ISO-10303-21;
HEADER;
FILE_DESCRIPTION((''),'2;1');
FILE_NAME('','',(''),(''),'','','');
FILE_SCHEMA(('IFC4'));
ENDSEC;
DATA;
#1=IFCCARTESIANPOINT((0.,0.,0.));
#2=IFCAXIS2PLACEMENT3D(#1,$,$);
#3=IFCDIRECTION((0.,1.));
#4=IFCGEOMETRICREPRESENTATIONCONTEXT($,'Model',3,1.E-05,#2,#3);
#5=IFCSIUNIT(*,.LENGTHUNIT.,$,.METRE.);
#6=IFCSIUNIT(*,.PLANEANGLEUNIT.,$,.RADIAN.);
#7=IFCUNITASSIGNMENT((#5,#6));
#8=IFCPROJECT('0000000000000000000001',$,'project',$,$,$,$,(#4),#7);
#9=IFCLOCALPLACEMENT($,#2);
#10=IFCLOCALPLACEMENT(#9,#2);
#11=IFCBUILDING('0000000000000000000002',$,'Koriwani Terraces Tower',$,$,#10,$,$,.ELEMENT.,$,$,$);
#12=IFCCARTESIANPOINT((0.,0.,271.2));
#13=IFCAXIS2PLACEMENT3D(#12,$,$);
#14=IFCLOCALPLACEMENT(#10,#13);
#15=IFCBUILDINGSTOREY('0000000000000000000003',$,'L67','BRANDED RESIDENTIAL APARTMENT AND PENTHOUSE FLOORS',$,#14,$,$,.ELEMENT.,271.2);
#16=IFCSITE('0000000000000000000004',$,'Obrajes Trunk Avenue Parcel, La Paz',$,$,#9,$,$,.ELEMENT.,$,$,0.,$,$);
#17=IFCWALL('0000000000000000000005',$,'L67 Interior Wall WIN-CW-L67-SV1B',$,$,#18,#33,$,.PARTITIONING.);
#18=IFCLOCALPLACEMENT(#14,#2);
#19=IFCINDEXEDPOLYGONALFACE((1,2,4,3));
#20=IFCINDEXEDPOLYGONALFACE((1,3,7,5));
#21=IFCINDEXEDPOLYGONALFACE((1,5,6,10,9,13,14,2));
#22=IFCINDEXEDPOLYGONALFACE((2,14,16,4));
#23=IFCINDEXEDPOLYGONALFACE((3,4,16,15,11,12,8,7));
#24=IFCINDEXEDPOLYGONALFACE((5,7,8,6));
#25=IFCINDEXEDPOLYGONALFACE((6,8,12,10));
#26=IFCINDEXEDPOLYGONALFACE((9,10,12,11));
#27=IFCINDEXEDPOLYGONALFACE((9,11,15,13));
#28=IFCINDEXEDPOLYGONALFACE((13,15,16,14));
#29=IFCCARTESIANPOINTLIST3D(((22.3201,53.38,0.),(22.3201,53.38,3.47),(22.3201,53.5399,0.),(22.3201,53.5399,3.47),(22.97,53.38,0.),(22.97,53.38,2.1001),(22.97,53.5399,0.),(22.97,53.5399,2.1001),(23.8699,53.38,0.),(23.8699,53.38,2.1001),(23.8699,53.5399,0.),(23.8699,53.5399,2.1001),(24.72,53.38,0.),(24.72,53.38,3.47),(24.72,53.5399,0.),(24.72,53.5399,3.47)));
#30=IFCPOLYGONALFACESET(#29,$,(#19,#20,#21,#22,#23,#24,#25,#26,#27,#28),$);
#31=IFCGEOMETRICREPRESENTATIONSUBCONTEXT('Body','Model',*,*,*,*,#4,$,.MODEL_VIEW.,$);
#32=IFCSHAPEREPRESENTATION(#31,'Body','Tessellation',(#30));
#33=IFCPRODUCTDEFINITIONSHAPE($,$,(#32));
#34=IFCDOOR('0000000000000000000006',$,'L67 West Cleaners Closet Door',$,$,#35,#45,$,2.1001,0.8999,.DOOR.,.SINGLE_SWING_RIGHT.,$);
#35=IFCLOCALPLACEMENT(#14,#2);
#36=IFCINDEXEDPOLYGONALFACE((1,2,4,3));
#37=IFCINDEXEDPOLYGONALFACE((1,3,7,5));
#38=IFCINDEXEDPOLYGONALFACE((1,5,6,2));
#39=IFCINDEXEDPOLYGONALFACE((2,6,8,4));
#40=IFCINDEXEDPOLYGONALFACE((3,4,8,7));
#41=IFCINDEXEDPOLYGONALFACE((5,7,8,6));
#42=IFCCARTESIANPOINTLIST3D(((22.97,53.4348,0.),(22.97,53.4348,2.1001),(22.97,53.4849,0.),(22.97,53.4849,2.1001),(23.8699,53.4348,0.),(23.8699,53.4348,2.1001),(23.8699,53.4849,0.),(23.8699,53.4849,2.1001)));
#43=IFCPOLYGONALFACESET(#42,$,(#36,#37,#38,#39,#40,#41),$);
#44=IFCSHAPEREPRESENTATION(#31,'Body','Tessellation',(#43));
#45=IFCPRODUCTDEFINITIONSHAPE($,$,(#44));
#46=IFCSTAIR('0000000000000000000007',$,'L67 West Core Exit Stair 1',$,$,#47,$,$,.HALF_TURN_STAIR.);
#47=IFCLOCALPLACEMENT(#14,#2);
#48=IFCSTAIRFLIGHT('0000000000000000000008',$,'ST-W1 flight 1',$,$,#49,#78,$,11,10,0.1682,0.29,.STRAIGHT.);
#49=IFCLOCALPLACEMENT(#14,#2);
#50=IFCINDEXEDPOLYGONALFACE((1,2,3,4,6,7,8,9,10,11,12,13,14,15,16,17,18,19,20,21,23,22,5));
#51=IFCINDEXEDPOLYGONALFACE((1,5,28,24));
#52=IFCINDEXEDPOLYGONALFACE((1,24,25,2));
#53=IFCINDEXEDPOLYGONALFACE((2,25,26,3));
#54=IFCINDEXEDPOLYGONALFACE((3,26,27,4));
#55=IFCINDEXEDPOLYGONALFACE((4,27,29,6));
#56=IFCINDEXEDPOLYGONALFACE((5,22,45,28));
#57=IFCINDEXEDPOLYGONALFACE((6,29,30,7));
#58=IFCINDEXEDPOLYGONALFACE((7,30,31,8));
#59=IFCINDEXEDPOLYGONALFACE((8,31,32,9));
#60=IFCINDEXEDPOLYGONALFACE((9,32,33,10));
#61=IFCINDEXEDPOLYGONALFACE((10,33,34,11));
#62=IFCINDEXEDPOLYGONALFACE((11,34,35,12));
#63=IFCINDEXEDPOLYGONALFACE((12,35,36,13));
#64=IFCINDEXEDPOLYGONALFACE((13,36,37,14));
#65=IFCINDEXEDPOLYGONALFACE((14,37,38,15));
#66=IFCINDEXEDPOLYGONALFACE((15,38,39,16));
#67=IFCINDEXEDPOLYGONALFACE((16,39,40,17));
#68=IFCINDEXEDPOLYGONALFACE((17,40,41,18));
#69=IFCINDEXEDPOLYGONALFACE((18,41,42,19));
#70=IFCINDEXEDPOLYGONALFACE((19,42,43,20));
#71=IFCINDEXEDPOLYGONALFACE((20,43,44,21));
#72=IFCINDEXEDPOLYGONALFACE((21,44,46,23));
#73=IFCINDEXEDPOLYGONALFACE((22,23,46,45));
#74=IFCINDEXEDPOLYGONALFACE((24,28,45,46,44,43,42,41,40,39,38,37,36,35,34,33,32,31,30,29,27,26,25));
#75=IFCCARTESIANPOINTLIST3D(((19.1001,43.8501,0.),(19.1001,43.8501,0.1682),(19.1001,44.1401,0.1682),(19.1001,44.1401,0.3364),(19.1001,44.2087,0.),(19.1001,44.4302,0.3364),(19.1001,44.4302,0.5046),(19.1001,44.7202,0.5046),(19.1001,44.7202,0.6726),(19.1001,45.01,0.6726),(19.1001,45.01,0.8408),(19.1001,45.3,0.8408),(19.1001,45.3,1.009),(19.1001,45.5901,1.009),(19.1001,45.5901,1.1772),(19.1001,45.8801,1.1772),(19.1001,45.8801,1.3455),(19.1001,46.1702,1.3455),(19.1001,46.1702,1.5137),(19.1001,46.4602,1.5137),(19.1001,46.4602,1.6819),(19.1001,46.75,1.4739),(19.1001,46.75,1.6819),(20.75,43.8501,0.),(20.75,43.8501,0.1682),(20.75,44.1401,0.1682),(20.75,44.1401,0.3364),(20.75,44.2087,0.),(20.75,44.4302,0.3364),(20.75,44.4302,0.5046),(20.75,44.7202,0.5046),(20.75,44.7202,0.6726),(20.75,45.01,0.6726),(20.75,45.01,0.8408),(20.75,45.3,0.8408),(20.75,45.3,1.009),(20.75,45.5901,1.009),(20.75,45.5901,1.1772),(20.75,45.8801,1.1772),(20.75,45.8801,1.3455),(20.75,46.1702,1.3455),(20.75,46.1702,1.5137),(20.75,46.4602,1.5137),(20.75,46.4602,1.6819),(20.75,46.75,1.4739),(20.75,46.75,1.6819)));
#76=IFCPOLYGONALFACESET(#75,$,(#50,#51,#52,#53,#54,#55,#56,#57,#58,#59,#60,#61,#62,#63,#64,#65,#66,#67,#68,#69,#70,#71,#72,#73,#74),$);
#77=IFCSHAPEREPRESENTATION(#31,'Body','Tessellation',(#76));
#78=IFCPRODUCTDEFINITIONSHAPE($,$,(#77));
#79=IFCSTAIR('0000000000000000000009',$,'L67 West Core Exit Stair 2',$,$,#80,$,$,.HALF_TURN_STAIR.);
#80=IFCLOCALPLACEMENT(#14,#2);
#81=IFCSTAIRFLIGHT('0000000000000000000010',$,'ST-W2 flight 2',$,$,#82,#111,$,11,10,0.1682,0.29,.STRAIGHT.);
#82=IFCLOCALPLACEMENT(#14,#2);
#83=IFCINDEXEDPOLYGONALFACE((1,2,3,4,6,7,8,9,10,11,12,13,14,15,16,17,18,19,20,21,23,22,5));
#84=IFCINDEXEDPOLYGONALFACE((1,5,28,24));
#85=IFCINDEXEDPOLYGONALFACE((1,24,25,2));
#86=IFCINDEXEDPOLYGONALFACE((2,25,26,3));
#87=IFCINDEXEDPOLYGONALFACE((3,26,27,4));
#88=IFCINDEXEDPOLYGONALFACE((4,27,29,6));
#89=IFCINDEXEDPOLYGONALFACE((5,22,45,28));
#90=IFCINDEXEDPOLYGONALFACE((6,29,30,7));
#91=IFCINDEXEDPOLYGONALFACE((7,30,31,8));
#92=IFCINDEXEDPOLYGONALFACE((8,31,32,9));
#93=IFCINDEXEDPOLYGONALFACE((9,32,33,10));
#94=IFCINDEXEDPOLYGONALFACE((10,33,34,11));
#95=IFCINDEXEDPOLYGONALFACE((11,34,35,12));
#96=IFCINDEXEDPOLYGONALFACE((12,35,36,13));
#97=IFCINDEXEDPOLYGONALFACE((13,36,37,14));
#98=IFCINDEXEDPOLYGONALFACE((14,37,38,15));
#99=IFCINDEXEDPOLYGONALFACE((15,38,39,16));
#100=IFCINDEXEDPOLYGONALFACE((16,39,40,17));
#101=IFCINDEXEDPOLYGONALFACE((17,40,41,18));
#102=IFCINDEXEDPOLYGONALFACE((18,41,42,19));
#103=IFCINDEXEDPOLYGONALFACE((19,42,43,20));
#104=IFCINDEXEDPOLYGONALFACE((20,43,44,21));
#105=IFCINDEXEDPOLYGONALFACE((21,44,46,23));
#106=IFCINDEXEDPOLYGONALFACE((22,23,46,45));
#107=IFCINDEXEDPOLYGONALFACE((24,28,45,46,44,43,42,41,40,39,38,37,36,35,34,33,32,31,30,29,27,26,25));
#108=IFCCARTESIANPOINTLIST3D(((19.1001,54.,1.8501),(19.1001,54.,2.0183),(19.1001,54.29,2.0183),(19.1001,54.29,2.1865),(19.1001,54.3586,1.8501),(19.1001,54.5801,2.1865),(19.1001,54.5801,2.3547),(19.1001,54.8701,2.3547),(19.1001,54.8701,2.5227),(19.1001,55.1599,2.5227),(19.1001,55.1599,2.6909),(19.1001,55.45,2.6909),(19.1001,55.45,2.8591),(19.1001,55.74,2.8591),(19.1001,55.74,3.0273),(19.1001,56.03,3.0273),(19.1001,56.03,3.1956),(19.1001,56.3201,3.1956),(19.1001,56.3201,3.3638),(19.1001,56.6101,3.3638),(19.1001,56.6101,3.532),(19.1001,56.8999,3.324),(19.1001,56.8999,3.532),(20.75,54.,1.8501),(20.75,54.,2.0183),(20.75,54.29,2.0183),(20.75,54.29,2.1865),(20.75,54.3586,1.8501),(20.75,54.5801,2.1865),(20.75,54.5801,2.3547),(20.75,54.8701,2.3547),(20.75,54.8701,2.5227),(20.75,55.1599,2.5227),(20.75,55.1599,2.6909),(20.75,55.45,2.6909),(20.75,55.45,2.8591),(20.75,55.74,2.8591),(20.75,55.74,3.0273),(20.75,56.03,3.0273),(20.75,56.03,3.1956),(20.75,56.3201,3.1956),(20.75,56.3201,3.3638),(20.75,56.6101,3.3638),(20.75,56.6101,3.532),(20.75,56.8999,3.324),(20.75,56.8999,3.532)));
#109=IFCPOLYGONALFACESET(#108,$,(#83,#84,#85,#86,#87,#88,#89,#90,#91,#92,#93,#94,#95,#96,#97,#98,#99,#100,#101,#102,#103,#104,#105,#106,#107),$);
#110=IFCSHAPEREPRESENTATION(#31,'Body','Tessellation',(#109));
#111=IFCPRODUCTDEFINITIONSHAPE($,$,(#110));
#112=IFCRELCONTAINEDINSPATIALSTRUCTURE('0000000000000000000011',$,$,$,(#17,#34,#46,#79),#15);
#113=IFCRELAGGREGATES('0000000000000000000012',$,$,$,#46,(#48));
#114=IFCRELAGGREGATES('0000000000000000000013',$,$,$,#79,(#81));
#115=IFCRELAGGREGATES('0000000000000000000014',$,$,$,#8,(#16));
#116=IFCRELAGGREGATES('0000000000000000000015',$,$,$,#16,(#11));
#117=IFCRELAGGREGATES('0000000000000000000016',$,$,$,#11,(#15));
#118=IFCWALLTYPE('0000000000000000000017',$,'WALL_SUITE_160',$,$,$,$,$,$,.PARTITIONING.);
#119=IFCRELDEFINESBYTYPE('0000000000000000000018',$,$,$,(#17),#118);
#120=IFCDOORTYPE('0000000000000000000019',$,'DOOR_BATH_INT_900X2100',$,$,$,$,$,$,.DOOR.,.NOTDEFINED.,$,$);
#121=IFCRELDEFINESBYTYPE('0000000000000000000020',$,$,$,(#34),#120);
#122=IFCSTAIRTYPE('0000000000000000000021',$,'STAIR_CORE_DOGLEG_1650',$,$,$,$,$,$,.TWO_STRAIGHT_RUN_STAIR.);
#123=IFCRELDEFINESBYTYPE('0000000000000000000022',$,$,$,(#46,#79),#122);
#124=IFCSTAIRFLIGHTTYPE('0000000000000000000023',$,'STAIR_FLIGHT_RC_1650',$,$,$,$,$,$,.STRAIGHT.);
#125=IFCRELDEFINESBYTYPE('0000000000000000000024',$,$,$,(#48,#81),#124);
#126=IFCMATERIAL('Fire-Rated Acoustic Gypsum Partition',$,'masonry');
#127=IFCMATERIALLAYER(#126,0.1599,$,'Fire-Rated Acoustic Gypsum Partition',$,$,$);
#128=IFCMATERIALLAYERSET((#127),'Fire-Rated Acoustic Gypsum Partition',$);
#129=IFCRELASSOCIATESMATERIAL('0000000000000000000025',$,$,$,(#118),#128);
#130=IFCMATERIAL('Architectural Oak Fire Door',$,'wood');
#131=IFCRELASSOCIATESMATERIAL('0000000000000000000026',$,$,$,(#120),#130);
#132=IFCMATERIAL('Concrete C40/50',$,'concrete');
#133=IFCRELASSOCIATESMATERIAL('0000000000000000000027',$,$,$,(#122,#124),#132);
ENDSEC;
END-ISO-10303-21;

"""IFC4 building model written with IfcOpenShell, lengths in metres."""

from ifc_helpers import new_model, si_unit, direction, frame, frame_2d, origin, place, context, subcontext, project, spatial, polyline, rectangle, outline, extrude, material, layer, layer_set, type_object, element, fill, aggregate, save


model = new_model("IFC4")

# Units and contexts
model_context = context("Model", 3, precision=1e-05, world=origin(), true_north=direction((0.0, 1.0)))
body_context = subcontext(model_context, "Body", "Model", "MODEL_VIEW")
ifc_project = project(units=[si_unit("LENGTHUNIT", "METRE"), si_unit("PLANEANGLEUNIT", "RADIAN")], contexts=[model_context])

# Site, building, storey
site_placement = place(None, origin())
site = spatial("IfcSite", under=ifc_project, at=site_placement, Name="Obrajes Trunk Avenue Parcel, La Paz", CompositionType="ELEMENT", RefElevation=0.0)
building_placement = place(site_placement, origin())
building = spatial("IfcBuilding", under=site, at=building_placement, Name="Koriwani Terraces Tower", CompositionType="ELEMENT")
storey_placement = place(building_placement, frame((0.0, 0.0, 271.2)))
storey = spatial("IfcBuildingStorey", under=building, at=storey_placement, Name="L67", Description="BRANDED RESIDENTIAL APARTMENT AND PENTHOUSE FLOORS", CompositionType="ELEMENT", Elevation=271.2)

# Shared definitions
ifc_material_1 = material(Name="Concrete C40/50", Category="concrete")

# Wall, opening, door
ifc_material_2 = material(Name="Fire-Rated Acoustic Gypsum Partition", Category="masonry")
ifc_layer_1 = layer(ifc_material_2, 0.1599, Name="Fire-Rated Acoustic Gypsum Partition")
ifc_layer_set_1 = layer_set([ifc_layer_1], Name="Fire-Rated Acoustic Gypsum Partition")
wall_type_1 = type_object("IfcWallType", Name="WALL_SUITE_160", PredefinedType="PARTITIONING", material=ifc_layer_set_1)
ifc_material_3 = material(Name="Architectural Oak Fire Door", Category="wood")
door_type_1 = type_object("IfcDoorType", Name="DOOR_BATH_INT_900X2100", OperationType="NOTDEFINED", PredefinedType="DOOR", material=ifc_material_3)
wall_1_placement = place(storey_placement, frame((22.3201, 53.46, 0.0), z_axis=(0.0, 0.0, 1.0), x_axis=(1.0, 0.0, 0.0)))
wall_1 = element("IfcWall", 1, at=wall_1_placement, inside=storey, type_object=wall_type_1, Name="L67 Interior Wall WIN-CW-L67-SV1B", PredefinedType="PARTITIONING", context=body_context, shape_type="SweptSolid", body=[
    extrude(rectangle(XDim=2.3999, YDim=0.1599, at=frame_2d((1.2, 0.0))), origin(), (0.0, 0.0, 1.0), 3.47),
])
opening_1_placement = place(wall_1_placement, frame((0.6499, 0.0, 0.0)))
opening_1 = element("IfcOpeningElement", 2, at=opening_1_placement, cuts=wall_1, PredefinedType="OPENING", context=body_context, shape_type="SweptSolid", body=[
    extrude(rectangle(XDim=0.8999, YDim=2.1001, at=frame_2d((0.45, 1.05))), frame((0.0, 0.0898, 0.0), z_axis=(0.0, -1.0, 0.0), x_axis=(1.0, 0.0, 0.0)), (0.0, 0.0, 1.0), 0.1799),
])
door_1_placement = place(opening_1_placement, origin())
door_1 = element("IfcDoor", 3, at=door_1_placement, inside=storey, type_object=door_type_1, Name="L67 West Cleaners Closet Door", OperationType="SINGLE_SWING_RIGHT", OverallHeight=2.1001, OverallWidth=0.8999, PredefinedType="DOOR", context=body_context, shape_type="SweptSolid", body=[
    extrude(rectangle(XDim=0.8999, YDim=2.1001, at=frame_2d((0.45, 1.05))), frame((0.0, 0.0249, 0.0), z_axis=(0.0, -1.0, 0.0), x_axis=(1.0, 0.0, 0.0)), (0.0, 0.0, 1.0), 0.05),
])
fill(opening_1, door_1)

# Stairs, stair flights
stair_type = type_object("IfcStairType", Name="STAIR_CORE_DOGLEG_1650", PredefinedType="TWO_STRAIGHT_RUN_STAIR", material=ifc_material_1)
stair_1_placement = place(storey_placement, origin())
stair_1 = element("IfcStair", 4, at=stair_1_placement, inside=storey, type_object=stair_type, Name="L67 West Core Exit Stair 1", PredefinedType="HALF_TURN_STAIR")
stair_flight_type = type_object("IfcStairFlightType", Name="STAIR_FLIGHT_RC_1650", PredefinedType="STRAIGHT", material=ifc_material_1)
stair_flight_1_placement = place(storey_placement, frame((19.925, 43.8501, 0.0), z_axis=(0.0, 0.0, 1.0), x_axis=(0.0, 1.0, 0.0)))
stair_flight_1 = element("IfcStairFlight", 5, at=stair_flight_1_placement, type_object=stair_flight_type, Name="ST-W1 flight 1", NumberOfRisers=11, NumberOfTreads=10, PredefinedType="STRAIGHT", RiserHeight=0.1682, TreadLength=0.29, context=body_context, shape_type="SweptSolid", body=[
    extrude(outline(polyline([(0.0, 0.0), (0.0, 0.1682), (0.29, 0.1682), (0.29, 0.3364), (0.5801, 0.3364), (0.5801, 0.5046), (0.8701, 0.5046), (0.8701, 0.6726), (1.1599, 0.6726), (1.1599, 0.8408), (1.45, 0.8408), (1.45, 1.009), (1.74, 1.009), (1.74, 1.1772), (2.03, 1.1772), (2.03, 1.3455), (2.3201, 1.3455), (2.3201, 1.5137), (2.6101, 1.5137), (2.6101, 1.6819), (2.8999, 1.6819), (2.8999, 1.8501), (2.8999, 1.4739), (0.3586, 0.0), (0.0, 0.0)])), frame((0.0, 0.825, 0.0), z_axis=(0.0, -1.0, 0.0), x_axis=(1.0, 0.0, 0.0)), (0.0, 0.0, 1.0), 1.6499),
])
aggregate(stair_1, [stair_flight_1])
stair_2_placement = place(storey_placement, origin())
stair_2 = element("IfcStair", 6, at=stair_2_placement, inside=storey, type_object=stair_type, Name="L67 West Core Exit Stair 2", PredefinedType="HALF_TURN_STAIR")
stair_flight_2_placement = place(storey_placement, frame((19.925, 54.0, 1.8501), z_axis=(0.0, 0.0, 1.0), x_axis=(0.0, 1.0, 0.0)))
stair_flight_2 = element("IfcStairFlight", 7, at=stair_flight_2_placement, type_object=stair_flight_type, Name="ST-W2 flight 2", NumberOfRisers=11, NumberOfTreads=10, PredefinedType="STRAIGHT", RiserHeight=0.1682, TreadLength=0.29, context=body_context, shape_type="SweptSolid", body=[
    extrude(outline(polyline([(0.0, 0.0), (0.0, 0.1682), (0.29, 0.1682), (0.29, 0.3364), (0.5801, 0.3364), (0.5801, 0.5046), (0.8701, 0.5046), (0.8701, 0.6726), (1.1599, 0.6726), (1.1599, 0.8408), (1.45, 0.8408), (1.45, 1.009), (1.74, 1.009), (1.74, 1.1772), (2.03, 1.1772), (2.03, 1.3455), (2.3201, 1.3455), (2.3201, 1.5137), (2.6101, 1.5137), (2.6101, 1.6819), (2.8999, 1.6819), (2.8999, 1.8501), (2.8999, 1.4739), (0.3586, 0.0), (0.0, 0.0)])), frame((0.0, 0.825, 0.0), z_axis=(0.0, -1.0, 0.0), x_axis=(1.0, 0.0, 0.0)), (0.0, 0.0, 1.0), 1.6499),
])
aggregate(stair_2, [stair_flight_2])

save(model, "model.ifc")
